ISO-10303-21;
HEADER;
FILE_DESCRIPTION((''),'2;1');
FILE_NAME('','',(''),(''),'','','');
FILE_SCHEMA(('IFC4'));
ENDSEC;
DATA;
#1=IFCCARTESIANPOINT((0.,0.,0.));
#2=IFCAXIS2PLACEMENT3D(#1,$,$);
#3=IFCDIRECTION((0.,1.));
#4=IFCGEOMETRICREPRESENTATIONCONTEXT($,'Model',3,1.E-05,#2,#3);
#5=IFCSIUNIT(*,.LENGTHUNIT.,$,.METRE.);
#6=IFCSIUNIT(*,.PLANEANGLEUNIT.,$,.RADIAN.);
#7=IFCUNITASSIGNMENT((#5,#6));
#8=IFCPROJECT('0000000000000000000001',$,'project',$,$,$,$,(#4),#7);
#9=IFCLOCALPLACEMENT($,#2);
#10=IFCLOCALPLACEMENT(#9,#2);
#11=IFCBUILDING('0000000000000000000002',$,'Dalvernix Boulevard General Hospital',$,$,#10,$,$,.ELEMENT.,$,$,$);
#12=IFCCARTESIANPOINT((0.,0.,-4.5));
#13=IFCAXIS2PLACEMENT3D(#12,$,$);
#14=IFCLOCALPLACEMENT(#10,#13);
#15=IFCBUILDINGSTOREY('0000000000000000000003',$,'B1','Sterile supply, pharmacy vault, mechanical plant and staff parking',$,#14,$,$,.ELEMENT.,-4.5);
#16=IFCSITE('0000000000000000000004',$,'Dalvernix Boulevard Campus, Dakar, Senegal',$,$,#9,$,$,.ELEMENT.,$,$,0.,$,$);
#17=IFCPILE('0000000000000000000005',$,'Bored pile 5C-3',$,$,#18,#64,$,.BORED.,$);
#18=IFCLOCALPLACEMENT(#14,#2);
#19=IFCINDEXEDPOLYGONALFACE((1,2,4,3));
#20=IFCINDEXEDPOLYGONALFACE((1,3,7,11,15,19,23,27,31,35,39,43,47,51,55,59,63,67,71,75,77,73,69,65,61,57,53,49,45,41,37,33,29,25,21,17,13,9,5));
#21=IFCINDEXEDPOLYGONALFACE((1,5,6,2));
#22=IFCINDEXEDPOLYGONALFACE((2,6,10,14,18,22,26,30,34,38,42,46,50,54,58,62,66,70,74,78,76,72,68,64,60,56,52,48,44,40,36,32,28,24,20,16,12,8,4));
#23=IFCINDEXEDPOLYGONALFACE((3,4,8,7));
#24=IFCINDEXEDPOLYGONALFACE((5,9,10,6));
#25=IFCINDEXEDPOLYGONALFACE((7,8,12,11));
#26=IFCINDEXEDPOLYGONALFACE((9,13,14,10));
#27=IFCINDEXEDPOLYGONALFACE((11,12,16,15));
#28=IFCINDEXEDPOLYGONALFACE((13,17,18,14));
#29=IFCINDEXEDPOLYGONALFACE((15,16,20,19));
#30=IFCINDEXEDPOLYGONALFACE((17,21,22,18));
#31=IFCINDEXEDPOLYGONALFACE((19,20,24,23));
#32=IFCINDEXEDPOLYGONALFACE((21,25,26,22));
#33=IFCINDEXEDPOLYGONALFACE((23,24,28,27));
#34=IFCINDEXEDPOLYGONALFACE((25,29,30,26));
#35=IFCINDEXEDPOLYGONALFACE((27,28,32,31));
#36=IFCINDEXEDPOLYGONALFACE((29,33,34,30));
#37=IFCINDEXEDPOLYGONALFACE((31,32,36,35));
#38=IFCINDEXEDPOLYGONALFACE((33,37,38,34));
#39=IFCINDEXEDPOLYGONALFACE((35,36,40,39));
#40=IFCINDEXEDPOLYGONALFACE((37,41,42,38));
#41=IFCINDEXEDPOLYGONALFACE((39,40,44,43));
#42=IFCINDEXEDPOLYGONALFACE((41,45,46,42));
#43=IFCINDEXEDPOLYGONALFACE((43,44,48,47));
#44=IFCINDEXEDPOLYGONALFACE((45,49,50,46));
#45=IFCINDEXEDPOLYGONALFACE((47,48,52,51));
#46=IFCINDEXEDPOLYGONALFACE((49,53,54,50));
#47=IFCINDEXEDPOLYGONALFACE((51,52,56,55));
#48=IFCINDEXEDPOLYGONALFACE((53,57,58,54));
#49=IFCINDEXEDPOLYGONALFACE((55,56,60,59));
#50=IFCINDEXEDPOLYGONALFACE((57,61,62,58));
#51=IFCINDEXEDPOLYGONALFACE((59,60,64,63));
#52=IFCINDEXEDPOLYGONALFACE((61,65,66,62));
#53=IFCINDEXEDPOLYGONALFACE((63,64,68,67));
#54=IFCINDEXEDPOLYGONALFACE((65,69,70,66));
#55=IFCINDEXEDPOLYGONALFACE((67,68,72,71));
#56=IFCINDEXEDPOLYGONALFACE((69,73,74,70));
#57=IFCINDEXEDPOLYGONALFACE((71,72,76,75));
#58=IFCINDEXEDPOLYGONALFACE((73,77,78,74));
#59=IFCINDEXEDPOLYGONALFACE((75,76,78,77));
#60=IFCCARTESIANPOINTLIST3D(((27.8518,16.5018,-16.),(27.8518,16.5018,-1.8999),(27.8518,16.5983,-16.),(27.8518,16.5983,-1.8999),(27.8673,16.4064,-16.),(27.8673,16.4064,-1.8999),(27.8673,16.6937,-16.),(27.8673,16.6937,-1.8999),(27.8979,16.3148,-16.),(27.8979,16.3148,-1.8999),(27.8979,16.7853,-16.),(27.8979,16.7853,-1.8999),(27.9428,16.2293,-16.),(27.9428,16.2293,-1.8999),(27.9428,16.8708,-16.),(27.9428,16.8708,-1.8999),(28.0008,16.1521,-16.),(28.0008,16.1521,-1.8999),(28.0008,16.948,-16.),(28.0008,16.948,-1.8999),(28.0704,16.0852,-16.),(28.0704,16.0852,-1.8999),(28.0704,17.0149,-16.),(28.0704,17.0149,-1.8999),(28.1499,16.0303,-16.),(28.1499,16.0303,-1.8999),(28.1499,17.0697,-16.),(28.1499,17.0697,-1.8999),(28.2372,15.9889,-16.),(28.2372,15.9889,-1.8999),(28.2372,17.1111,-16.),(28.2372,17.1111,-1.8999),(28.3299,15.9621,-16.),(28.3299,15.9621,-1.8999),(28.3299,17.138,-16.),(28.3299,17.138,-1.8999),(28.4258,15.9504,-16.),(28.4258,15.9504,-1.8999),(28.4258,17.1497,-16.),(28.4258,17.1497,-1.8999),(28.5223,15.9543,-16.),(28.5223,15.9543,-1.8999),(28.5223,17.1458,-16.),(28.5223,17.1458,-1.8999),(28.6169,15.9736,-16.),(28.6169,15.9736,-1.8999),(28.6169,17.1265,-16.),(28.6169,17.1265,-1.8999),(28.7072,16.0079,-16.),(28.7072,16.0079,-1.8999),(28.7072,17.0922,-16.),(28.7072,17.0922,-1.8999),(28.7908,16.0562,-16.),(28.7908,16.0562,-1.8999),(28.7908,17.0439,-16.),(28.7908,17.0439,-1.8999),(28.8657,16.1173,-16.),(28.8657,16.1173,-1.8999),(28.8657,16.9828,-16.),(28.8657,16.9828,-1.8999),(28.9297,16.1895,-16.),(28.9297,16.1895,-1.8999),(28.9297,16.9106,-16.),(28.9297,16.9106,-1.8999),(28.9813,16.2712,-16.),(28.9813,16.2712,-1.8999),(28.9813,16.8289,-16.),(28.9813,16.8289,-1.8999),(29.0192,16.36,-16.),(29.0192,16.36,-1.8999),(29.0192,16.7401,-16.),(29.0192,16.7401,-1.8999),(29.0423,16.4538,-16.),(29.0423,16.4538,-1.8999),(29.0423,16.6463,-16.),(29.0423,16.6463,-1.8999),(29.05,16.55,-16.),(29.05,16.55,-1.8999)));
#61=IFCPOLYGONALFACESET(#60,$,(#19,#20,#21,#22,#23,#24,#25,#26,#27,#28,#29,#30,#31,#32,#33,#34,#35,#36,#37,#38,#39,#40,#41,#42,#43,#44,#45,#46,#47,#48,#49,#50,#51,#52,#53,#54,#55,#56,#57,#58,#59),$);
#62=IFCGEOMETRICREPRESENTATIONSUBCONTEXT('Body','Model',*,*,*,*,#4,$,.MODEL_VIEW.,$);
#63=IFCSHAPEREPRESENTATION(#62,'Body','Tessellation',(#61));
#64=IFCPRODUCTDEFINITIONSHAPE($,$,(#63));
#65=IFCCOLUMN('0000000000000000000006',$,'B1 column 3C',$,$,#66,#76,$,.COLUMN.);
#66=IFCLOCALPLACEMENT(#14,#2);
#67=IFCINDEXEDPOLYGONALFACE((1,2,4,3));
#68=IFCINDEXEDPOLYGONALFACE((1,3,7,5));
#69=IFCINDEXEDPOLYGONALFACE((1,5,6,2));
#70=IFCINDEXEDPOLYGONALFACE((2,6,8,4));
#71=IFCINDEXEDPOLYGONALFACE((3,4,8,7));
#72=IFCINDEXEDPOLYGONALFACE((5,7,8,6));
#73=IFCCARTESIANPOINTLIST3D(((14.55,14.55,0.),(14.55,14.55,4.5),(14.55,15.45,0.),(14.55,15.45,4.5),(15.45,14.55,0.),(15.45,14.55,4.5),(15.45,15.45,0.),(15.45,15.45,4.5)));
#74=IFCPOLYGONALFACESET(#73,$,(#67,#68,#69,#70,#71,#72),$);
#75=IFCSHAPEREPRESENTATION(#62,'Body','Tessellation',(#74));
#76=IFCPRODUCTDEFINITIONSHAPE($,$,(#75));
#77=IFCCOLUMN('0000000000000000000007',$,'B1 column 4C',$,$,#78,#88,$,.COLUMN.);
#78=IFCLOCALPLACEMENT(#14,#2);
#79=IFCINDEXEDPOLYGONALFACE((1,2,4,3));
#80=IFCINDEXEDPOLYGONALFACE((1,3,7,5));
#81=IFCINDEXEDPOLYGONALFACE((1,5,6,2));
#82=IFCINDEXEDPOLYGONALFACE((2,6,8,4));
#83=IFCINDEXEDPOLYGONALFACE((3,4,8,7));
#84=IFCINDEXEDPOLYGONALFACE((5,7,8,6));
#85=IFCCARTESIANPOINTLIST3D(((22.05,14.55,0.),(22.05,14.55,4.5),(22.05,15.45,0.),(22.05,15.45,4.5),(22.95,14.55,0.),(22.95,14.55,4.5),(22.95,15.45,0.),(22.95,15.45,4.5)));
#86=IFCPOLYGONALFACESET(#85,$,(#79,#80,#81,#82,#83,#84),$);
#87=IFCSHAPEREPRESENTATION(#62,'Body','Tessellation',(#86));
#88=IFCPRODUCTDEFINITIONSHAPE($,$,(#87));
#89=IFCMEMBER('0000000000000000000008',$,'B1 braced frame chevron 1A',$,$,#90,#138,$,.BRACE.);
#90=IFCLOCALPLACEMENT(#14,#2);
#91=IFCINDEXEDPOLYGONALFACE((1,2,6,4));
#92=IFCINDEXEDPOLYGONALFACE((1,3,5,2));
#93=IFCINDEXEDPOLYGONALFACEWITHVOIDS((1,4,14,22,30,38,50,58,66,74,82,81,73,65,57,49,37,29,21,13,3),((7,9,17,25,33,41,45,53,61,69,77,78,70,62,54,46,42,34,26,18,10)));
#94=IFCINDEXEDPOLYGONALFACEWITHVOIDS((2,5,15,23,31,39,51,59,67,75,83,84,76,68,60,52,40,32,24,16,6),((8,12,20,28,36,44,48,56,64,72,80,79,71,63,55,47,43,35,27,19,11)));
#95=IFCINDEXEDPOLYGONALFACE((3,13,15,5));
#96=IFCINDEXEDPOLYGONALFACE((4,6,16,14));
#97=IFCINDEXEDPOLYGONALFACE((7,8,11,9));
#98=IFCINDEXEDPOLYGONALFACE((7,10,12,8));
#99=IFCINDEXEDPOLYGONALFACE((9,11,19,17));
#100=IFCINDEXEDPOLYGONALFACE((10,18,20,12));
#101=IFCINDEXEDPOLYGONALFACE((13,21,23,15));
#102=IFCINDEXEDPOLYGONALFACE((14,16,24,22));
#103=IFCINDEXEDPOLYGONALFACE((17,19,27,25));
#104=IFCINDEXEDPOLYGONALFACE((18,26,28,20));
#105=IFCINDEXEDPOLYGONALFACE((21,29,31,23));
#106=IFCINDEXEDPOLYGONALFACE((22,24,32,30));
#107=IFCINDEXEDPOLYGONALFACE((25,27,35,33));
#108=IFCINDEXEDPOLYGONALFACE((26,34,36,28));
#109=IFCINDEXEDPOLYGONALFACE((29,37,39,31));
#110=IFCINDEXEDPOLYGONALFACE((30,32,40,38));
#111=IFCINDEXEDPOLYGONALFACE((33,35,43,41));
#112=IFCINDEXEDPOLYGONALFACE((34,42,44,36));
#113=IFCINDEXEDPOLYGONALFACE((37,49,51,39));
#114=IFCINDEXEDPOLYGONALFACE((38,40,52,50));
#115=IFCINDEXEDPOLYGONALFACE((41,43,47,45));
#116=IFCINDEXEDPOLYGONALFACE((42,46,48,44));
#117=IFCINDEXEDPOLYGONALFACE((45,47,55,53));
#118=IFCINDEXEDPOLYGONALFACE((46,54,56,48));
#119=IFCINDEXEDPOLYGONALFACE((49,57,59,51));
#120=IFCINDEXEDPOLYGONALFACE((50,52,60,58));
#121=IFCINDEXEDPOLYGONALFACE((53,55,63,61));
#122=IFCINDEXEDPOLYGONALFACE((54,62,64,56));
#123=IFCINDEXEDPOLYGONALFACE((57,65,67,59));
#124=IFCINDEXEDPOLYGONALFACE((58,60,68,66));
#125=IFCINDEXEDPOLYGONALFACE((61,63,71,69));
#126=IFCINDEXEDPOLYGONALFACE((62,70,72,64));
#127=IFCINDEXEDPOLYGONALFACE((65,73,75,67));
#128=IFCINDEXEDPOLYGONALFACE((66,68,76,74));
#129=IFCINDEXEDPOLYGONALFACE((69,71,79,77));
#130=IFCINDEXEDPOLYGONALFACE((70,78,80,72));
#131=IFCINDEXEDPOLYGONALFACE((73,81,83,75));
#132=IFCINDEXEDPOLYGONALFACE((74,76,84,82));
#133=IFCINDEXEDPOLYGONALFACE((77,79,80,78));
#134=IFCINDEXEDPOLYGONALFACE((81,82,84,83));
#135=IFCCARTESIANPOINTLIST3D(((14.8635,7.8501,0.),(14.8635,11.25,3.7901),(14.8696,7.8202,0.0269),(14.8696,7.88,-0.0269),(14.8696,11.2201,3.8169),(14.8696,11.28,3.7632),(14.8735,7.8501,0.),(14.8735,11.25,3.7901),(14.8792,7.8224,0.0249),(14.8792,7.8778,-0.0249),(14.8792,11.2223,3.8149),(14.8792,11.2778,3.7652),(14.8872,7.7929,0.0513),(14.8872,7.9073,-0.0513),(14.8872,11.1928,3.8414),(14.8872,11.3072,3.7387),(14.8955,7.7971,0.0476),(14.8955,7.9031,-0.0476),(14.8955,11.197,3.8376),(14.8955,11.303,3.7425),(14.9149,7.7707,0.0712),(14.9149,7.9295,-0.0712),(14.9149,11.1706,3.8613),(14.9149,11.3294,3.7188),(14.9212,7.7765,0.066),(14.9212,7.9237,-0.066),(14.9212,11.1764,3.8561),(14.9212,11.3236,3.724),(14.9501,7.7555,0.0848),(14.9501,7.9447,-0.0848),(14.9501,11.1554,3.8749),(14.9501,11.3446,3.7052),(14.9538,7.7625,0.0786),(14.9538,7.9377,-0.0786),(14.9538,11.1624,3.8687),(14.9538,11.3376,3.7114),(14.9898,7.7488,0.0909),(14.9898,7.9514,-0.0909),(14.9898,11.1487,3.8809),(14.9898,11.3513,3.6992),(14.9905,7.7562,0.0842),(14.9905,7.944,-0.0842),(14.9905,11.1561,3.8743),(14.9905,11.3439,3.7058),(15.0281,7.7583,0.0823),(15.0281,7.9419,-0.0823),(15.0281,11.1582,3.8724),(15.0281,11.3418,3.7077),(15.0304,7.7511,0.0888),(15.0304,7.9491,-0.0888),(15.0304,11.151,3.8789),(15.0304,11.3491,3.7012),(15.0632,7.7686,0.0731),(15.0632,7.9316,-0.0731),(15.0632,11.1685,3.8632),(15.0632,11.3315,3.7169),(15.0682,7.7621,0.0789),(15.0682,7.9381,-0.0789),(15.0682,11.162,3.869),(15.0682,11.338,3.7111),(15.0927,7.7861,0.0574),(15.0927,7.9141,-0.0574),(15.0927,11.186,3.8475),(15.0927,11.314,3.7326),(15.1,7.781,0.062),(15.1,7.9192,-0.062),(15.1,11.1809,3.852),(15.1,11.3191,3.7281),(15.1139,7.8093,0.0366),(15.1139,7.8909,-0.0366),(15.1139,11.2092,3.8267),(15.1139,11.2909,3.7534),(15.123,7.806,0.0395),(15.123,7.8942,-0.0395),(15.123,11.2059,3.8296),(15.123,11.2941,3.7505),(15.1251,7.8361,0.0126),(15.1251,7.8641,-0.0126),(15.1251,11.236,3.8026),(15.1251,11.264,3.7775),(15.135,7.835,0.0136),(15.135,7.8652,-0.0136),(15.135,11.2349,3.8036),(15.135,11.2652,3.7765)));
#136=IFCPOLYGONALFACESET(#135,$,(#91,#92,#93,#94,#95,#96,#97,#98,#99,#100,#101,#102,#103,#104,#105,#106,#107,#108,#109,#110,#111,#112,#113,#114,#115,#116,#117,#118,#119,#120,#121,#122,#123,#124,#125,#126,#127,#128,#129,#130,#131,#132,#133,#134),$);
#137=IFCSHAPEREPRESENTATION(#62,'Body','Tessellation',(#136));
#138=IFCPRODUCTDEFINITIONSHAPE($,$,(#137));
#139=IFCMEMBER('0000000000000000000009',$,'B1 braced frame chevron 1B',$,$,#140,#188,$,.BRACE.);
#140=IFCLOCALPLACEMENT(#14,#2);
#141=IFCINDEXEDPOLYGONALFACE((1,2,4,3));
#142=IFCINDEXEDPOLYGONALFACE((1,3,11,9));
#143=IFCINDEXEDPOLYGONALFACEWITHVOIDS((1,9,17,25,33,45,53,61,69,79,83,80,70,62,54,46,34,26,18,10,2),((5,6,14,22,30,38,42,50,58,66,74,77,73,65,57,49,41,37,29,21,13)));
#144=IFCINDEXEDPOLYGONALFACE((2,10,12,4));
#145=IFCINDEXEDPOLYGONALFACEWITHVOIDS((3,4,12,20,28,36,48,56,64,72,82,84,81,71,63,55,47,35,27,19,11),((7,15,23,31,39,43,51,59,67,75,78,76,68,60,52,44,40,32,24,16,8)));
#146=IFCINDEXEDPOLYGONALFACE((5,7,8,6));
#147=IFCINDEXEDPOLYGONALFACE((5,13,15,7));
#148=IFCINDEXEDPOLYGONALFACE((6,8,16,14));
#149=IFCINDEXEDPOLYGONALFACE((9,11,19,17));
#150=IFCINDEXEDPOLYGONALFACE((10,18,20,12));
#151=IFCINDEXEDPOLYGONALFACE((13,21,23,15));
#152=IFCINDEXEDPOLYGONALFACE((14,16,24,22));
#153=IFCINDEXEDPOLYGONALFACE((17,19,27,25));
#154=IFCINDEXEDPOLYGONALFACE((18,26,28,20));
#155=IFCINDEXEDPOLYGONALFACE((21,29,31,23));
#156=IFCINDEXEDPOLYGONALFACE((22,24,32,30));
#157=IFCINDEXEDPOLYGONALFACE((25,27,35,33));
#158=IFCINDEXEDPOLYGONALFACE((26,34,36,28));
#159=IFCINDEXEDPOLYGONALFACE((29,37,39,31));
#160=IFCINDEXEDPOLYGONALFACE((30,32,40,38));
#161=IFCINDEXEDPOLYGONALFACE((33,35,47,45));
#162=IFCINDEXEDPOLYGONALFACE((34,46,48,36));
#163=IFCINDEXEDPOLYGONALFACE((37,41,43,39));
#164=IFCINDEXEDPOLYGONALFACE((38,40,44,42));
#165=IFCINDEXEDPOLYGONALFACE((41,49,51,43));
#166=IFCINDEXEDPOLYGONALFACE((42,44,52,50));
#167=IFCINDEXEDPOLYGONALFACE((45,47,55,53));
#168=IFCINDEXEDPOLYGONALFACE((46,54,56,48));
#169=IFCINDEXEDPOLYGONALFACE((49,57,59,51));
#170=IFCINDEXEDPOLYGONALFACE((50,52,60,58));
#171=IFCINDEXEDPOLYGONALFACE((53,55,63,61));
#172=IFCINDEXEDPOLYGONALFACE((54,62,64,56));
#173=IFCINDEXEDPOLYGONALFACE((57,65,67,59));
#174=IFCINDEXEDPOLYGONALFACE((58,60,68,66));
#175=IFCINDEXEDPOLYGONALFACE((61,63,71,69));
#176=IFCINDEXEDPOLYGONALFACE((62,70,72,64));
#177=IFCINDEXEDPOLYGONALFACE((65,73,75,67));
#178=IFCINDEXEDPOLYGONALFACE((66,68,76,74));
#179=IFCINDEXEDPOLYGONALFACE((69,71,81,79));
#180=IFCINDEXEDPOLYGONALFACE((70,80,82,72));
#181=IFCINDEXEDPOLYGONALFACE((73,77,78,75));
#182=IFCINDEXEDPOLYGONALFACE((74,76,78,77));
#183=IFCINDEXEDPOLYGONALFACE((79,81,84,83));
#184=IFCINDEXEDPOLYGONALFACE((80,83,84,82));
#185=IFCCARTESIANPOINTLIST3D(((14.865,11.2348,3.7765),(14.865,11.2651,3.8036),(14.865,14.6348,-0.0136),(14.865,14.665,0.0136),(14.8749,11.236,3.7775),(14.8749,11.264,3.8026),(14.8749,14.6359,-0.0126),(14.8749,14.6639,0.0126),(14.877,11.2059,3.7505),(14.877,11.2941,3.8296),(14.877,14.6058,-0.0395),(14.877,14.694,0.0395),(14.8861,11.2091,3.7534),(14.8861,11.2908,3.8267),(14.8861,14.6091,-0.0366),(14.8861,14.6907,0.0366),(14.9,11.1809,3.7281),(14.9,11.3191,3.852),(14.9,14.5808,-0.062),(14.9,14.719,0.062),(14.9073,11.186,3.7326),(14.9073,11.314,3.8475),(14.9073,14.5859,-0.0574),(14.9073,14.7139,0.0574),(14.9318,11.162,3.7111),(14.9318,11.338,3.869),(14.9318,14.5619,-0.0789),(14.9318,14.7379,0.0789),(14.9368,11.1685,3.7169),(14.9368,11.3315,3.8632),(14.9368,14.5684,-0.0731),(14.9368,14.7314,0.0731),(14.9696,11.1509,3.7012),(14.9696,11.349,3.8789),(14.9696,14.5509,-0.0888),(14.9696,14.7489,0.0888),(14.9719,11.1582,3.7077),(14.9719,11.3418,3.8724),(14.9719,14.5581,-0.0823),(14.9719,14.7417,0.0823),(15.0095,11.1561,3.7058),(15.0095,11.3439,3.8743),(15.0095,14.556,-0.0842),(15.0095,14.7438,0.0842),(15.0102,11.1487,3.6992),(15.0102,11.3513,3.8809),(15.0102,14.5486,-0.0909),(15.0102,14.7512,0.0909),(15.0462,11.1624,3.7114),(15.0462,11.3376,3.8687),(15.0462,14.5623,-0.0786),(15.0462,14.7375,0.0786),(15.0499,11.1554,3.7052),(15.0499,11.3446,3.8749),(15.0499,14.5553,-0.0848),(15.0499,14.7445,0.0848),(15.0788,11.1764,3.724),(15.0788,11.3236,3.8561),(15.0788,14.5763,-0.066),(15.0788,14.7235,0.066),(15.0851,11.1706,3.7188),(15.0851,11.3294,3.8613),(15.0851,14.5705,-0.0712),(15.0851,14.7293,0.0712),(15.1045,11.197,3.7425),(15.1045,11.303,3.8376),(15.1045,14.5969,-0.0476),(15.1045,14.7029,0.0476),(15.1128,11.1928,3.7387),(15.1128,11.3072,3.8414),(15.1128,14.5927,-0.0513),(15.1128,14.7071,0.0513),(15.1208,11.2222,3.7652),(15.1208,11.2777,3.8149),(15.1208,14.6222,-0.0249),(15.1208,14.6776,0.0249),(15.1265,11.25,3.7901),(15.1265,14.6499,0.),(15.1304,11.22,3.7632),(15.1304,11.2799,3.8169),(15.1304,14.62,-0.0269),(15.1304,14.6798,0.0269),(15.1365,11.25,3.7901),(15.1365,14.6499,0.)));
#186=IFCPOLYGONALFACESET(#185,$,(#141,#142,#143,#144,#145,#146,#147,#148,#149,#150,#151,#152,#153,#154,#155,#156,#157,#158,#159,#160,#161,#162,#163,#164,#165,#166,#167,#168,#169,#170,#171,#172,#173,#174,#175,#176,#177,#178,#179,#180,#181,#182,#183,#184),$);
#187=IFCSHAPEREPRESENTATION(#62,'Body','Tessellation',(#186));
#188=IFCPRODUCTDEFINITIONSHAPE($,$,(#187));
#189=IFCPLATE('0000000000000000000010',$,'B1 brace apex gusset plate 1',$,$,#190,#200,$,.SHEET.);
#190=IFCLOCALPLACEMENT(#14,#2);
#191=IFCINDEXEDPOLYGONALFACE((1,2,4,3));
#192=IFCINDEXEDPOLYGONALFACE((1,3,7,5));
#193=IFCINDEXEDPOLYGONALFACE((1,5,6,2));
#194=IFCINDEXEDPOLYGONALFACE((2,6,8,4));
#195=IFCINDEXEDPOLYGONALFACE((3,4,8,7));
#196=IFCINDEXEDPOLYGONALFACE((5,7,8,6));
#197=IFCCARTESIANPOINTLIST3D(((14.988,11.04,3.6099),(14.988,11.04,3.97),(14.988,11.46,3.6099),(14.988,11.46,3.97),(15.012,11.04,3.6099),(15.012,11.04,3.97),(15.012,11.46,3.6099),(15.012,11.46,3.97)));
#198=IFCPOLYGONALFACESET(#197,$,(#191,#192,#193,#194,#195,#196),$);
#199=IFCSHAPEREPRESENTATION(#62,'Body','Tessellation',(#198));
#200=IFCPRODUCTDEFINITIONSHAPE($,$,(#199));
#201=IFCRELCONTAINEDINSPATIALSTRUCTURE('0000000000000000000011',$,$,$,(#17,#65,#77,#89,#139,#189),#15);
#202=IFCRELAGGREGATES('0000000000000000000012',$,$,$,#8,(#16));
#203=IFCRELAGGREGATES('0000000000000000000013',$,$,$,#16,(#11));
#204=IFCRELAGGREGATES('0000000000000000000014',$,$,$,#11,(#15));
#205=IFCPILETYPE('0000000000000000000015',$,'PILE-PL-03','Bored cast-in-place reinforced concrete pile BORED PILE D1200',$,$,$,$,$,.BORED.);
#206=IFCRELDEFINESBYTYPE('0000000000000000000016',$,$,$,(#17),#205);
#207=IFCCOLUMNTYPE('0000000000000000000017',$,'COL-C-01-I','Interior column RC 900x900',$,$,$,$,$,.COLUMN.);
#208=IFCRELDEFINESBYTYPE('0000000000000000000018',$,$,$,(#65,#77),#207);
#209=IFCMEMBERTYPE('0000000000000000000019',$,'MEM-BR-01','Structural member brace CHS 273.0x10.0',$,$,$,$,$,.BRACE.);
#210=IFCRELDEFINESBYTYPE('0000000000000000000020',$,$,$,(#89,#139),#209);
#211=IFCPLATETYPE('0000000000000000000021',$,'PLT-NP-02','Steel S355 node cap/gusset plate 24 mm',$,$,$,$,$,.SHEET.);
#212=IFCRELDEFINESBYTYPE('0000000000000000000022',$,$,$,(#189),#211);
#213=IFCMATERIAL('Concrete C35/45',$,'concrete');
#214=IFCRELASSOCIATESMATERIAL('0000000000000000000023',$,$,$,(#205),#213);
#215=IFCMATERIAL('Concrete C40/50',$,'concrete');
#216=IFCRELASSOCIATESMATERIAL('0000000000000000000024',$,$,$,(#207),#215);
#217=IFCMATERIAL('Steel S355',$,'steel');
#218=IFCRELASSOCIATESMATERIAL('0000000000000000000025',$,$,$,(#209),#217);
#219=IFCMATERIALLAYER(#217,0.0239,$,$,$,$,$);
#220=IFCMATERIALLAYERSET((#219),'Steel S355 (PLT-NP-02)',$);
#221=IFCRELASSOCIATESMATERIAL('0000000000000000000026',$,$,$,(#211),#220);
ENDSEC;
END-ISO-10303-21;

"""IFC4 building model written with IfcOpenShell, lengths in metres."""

from ifc_helpers import new_model, si_unit, direction, frame, origin, origin_2d, place, context, subcontext, project, spatial, rectangle, circle, hollow_circle, extrude, material, layer, layer_set, material_profile, profile_set, type_object, element, save


model = new_model("IFC4")

# Units and contexts
model_context = context("Model", 3, precision=1e-05, world=origin(), true_north=direction((0.0, 1.0)))
body_context = subcontext(model_context, "Body", "Model", "MODEL_VIEW")
ifc_project = project(units=[si_unit("LENGTHUNIT", "METRE"), si_unit("PLANEANGLEUNIT", "RADIAN")], contexts=[model_context])

# Site, building, storey
site_placement = place(None, origin())
site = spatial("IfcSite", under=ifc_project, at=site_placement, Name="Dalvernix Boulevard Campus, Dakar, Senegal", CompositionType="ELEMENT", RefElevation=0.0)
building_placement = place(site_placement, origin())
building = spatial("IfcBuilding", under=site, at=building_placement, Name="Dalvernix Boulevard General Hospital", CompositionType="ELEMENT")
storey_placement = place(building_placement, frame((0.0, 0.0, -4.5)))
storey = spatial("IfcBuildingStorey", under=building, at=storey_placement, Name="B1", Description="Sterile supply, pharmacy vault, mechanical plant and staff parking", CompositionType="ELEMENT", Elevation=-4.5)

# Shared definitions
ifc_material_1 = material(Name="Concrete C35/45", Category="concrete")
ifc_material_2 = material(Name="Concrete C40/50", Category="concrete")

# Pile
ifc_material_profile_1 = material_profile(ifc_material_1, circle(Radius=0.6001, at=origin_2d()), Name="BORED PILE D1200")
ifc_profile_set_1 = profile_set([ifc_material_profile_1], Name="Concrete C35/45")
pile_type = type_object("IfcPileType", Name="PILE-PL-03", Description="Bored cast-in-place reinforced concrete pile BORED PILE D1200", PredefinedType="BORED", material=ifc_profile_set_1)
for number, where, z_axis, x_axis, name in (
    (1, (28.45, 16.55, -1.8999), (0.0, 0.0, -1.0), (1.0, 0.0, 0.0), "Bored pile 5C-3"),
):
    element("IfcPile", number, at=place(storey_placement, frame(where, z_axis=z_axis, x_axis=x_axis)), inside=storey, type_object=pile_type, Name=name, PredefinedType="BORED", context=body_context, shape_type="SweptSolid", body=[
        extrude(circle(Radius=0.6001, at=origin_2d()), origin(), (0.0, 0.0, 1.0), 14.1001),
    ])

# Columns
ifc_material_profile_2 = material_profile(ifc_material_2, rectangle(XDim=0.8999, YDim=0.8999, at=origin_2d()), Name="RC 900x900")
ifc_profile_set_2 = profile_set([ifc_material_profile_2], Name="Concrete C40/50")
column_type = type_object("IfcColumnType", Name="COL-C-01-I", Description="Interior column RC 900x900", PredefinedType="COLUMN", material=ifc_profile_set_2)
for number, where, z_axis, x_axis, name in (
    (2, (15.0, 15.0, 0.0), (0.0, 0.0, 1.0), (1.0, 0.0, 0.0), "B1 column 3C"),
    (3, (22.5, 15.0, 0.0), (0.0, 0.0, 1.0), (1.0, 0.0, 0.0), "B1 column 4C"),
):
    element("IfcColumn", number, at=place(storey_placement, frame(where, z_axis=z_axis, x_axis=x_axis)), inside=storey, type_object=column_type, Name=name, PredefinedType="COLUMN", context=body_context, shape_type="SweptSolid", body=[
        extrude(rectangle(XDim=0.8999, YDim=0.8999, at=origin_2d()), origin(), (0.0, 0.0, 1.0), 4.5),
    ])

# Members
ifc_material_3 = material(Name="Steel S355", Category="steel")
ifc_material_profile_3 = material_profile(ifc_material_3, hollow_circle(Radius=0.1365, WallThickness=0.01, at=origin_2d()), Name="CHS 273.0x10.0")
ifc_profile_set_3 = profile_set([ifc_material_profile_3], Name="Steel S355")
member_type = type_object("IfcMemberType", Name="MEM-BR-01", Description="Structural member brace CHS 273.0x10.0", PredefinedType="BRACE", material=ifc_profile_set_3)
for number, where, z_axis, x_axis, name in (
    (4, (15.0, 7.8501, 0.0), (0.0, 0.667756, 0.74438), (-1.0, 0.0, 0.0), "B1 braced frame chevron 1A"),
    (5, (15.0, 14.6499, 0.0), (0.0, -0.667756, 0.74438), (1.0, 0.0, 0.0), "B1 braced frame chevron 1B"),
):
    element("IfcMember", number, at=place(storey_placement, frame(where, z_axis=z_axis, x_axis=x_axis)), inside=storey, type_object=member_type, Name=name, PredefinedType="BRACE", context=body_context, shape_type="SweptSolid", body=[
        extrude(hollow_circle(Radius=0.1365, WallThickness=0.01, at=origin_2d()), origin(), (0.0, 0.0, 1.0), 5.0916),
    ])

# Plate
ifc_layer_1 = layer(ifc_material_3, 0.0239)
ifc_layer_set_1 = layer_set([ifc_layer_1], Name="Steel S355 (PLT-NP-02)")
plate_type = type_object("IfcPlateType", Name="PLT-NP-02", Description="Steel S355 node cap/gusset plate 24 mm", PredefinedType="SHEET", material=ifc_layer_set_1)
plate_placement = place(storey_placement, frame((15.0, 11.25, 3.6099), z_axis=(0.0, 0.0, 1.0), x_axis=(0.0, 1.0, 0.0)))
element("IfcPlate", 6, at=plate_placement, inside=storey, type_object=plate_type, Name="B1 brace apex gusset plate 1", PredefinedType="SHEET", context=body_context, shape_type="SweptSolid", body=[
    extrude(rectangle(XDim=0.4199, YDim=0.0239, at=origin_2d()), origin(), (0.0, 0.0, 1.0), 0.3601),
])

save(model, "model.ifc")
